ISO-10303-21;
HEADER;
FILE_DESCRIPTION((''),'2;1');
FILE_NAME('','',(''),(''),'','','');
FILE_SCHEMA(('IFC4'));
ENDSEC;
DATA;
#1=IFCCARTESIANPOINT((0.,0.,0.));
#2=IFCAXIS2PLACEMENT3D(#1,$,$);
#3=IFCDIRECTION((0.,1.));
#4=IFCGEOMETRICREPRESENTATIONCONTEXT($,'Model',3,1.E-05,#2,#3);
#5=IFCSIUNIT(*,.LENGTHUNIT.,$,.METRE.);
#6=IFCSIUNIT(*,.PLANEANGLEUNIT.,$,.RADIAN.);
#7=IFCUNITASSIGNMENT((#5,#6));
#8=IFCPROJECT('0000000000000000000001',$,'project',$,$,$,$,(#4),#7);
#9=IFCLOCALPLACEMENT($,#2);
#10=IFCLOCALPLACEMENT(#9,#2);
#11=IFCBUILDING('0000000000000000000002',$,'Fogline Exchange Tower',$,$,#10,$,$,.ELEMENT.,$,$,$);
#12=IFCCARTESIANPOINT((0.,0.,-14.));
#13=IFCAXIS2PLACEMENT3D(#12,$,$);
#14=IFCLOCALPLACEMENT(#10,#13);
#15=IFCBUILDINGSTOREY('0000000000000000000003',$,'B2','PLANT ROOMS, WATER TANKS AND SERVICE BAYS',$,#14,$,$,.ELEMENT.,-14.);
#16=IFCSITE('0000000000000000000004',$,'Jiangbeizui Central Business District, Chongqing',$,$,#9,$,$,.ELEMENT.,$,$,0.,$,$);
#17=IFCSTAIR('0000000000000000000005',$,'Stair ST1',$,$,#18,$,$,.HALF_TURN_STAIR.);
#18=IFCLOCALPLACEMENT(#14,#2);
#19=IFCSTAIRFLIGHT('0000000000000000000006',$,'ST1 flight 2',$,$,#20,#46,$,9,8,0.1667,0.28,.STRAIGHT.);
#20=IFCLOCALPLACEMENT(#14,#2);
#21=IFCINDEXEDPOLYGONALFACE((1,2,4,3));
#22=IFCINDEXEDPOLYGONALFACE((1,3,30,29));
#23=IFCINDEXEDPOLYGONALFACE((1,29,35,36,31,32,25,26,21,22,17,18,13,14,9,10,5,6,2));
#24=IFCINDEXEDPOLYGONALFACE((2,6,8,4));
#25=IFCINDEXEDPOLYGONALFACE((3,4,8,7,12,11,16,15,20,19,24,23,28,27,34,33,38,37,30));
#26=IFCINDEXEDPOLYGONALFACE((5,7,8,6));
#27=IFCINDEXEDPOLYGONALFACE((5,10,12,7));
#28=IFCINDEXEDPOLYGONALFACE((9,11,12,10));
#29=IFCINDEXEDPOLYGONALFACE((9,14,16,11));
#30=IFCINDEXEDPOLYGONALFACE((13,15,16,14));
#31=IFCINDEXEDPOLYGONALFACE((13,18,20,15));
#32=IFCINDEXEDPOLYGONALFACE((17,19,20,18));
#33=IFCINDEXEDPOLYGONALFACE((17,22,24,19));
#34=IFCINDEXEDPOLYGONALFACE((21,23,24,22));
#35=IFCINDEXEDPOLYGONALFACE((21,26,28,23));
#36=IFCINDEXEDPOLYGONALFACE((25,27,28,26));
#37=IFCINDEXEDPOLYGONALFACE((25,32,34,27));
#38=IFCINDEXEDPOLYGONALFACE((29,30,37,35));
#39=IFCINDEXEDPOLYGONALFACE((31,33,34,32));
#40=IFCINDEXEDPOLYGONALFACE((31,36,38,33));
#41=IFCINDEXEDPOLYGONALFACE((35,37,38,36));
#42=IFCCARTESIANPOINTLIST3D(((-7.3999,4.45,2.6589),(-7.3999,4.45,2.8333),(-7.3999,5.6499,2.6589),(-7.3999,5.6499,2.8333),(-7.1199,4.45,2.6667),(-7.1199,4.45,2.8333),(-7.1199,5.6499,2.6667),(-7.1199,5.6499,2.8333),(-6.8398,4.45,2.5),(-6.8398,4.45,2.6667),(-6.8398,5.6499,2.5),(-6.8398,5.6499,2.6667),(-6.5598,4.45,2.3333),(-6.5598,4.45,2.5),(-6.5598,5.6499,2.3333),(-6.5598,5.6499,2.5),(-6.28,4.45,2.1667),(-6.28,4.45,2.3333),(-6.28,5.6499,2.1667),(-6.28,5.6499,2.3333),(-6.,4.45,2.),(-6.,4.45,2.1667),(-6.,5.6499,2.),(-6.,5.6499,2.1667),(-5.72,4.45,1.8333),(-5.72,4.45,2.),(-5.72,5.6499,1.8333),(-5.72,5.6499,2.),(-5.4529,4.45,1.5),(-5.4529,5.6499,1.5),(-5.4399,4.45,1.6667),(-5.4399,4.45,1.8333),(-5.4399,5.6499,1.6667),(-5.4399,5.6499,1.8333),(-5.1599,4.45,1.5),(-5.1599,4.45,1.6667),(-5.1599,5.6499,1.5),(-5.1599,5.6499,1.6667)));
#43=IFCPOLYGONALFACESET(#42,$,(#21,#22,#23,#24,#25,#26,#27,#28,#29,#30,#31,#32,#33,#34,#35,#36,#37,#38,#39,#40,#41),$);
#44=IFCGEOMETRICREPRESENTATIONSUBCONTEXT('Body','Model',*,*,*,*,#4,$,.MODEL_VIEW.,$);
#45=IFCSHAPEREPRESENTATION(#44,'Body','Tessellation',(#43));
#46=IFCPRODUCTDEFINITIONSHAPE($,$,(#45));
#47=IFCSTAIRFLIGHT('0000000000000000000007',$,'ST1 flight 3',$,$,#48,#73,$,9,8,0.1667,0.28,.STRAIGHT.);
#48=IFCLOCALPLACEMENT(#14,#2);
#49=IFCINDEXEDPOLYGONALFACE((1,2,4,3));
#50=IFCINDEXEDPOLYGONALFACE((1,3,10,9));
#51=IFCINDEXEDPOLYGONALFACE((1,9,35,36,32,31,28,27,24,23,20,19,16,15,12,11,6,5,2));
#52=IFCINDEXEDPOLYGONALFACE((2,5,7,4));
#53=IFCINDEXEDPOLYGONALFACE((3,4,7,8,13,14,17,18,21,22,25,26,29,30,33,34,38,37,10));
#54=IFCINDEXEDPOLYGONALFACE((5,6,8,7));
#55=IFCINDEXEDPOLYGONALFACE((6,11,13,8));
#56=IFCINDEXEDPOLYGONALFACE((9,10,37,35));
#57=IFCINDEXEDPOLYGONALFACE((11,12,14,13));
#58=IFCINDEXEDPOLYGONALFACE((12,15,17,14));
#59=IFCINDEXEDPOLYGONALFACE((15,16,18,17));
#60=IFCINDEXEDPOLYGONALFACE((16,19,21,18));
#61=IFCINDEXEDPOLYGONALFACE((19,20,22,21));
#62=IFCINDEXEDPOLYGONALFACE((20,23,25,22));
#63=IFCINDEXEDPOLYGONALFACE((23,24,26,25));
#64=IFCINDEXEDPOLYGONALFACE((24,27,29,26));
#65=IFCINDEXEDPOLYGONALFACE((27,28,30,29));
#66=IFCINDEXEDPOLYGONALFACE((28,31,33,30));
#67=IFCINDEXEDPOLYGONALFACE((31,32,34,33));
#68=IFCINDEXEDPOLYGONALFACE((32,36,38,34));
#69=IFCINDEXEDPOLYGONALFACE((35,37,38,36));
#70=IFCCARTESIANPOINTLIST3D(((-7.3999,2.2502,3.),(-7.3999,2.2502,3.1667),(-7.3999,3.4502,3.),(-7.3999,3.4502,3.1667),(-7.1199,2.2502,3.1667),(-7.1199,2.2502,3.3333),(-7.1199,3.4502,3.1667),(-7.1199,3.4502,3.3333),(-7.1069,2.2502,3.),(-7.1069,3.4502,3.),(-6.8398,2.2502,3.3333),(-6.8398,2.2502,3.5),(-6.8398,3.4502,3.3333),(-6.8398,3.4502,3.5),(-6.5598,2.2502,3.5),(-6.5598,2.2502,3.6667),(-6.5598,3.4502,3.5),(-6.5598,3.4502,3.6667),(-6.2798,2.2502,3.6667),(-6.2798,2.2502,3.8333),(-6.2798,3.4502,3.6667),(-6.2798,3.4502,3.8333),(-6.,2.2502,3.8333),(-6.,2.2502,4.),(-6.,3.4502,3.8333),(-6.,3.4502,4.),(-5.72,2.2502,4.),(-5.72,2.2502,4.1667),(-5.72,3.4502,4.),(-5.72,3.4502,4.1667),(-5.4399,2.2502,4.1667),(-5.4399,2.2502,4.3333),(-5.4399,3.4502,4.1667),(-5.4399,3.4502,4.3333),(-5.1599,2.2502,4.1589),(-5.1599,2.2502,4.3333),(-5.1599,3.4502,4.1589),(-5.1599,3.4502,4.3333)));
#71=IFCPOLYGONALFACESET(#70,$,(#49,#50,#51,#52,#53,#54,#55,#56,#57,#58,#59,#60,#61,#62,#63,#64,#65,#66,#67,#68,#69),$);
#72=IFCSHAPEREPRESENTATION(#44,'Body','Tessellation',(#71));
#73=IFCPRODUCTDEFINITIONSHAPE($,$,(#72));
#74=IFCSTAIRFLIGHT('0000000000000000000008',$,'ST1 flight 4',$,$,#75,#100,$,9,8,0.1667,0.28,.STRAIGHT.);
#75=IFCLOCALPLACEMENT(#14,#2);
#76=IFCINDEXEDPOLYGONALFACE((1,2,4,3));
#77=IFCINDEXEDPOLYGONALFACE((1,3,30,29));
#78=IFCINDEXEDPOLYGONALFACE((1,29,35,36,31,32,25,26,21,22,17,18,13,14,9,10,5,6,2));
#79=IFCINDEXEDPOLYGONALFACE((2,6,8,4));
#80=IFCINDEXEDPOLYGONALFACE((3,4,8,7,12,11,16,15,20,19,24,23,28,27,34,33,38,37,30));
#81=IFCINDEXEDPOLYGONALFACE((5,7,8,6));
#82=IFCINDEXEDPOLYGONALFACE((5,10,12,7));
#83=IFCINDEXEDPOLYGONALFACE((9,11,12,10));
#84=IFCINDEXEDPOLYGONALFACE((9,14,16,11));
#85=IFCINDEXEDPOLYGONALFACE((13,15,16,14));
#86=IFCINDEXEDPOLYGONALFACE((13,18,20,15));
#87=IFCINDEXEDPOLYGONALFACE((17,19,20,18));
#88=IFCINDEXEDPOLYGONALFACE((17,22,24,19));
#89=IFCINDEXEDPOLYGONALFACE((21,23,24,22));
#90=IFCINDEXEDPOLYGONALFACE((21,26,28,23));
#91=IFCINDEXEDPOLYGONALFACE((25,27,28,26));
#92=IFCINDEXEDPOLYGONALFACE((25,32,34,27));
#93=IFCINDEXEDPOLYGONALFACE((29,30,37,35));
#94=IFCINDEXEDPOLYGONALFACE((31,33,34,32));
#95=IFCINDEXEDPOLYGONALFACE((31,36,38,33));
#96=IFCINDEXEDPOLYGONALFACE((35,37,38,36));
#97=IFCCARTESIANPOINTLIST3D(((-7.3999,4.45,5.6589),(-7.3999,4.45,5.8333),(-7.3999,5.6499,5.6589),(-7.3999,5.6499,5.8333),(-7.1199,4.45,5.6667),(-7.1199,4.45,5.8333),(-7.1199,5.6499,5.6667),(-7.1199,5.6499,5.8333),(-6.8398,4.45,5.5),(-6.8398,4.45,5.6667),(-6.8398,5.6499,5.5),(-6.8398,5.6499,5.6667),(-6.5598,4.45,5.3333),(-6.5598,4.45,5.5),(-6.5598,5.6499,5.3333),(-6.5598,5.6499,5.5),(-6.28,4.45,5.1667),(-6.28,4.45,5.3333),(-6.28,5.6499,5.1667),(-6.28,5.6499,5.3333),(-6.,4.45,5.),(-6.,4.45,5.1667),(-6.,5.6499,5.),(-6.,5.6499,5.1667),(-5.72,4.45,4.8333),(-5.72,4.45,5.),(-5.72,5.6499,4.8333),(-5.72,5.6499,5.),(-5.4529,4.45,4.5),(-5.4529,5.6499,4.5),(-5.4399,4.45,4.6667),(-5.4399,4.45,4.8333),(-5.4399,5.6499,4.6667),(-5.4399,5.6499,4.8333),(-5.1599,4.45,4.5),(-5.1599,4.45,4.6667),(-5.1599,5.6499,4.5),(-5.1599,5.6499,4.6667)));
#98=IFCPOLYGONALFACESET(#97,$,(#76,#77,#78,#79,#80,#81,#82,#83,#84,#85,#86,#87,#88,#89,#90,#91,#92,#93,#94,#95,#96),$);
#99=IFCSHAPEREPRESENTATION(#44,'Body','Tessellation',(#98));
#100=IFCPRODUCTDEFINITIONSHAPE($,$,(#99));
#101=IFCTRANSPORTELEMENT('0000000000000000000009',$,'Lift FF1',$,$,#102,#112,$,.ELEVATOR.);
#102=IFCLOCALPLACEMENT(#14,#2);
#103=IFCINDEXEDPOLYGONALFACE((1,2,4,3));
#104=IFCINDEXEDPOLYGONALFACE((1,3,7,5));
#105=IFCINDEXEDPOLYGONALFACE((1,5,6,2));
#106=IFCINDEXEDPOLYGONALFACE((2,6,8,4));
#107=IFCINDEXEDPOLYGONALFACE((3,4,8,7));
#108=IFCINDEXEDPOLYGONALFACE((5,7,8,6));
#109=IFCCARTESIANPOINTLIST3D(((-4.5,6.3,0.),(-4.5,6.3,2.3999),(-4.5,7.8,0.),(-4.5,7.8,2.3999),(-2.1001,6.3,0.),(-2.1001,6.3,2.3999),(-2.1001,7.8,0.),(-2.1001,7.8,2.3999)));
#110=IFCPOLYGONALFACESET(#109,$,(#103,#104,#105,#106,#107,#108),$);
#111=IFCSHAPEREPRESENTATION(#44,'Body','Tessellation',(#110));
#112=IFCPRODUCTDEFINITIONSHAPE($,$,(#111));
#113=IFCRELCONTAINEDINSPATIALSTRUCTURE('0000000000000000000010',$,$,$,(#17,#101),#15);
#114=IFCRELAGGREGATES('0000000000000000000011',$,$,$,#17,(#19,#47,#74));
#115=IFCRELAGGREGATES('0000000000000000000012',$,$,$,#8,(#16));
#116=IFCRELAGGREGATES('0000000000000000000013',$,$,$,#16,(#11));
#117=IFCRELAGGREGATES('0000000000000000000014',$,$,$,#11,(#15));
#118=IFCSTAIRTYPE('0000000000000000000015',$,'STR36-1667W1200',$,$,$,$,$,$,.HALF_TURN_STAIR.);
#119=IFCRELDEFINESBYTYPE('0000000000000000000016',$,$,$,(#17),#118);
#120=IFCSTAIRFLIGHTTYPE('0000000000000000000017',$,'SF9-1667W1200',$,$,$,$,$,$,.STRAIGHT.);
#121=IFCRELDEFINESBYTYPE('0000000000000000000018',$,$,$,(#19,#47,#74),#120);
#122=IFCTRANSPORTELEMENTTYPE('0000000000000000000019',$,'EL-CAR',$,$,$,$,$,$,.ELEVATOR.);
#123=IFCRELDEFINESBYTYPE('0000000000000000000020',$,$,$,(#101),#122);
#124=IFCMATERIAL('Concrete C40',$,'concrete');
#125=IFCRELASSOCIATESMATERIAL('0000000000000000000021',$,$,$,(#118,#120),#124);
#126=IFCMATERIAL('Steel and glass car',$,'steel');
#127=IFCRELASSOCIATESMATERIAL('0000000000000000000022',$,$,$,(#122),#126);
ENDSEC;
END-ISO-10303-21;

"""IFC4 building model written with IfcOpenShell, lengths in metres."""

from ifc_helpers import new_model, si_unit, direction, frame, origin, origin_2d, place, context, subcontext, project, spatial, polyline, rectangle, outline, extrude, material, type_object, element, aggregate, save


model = new_model("IFC4")

# Units and contexts
model_context = context("Model", 3, precision=1e-05, world=origin(), true_north=direction((0.0, 1.0)))
body_context = subcontext(model_context, "Body", "Model", "MODEL_VIEW")
ifc_project = project(units=[si_unit("LENGTHUNIT", "METRE"), si_unit("PLANEANGLEUNIT", "RADIAN")], contexts=[model_context])

# Site, building, storey
site_placement = place(None, origin())
site = spatial("IfcSite", under=ifc_project, at=site_placement, Name="Jiangbeizui Central Business District, Chongqing", CompositionType="ELEMENT", RefElevation=0.0)
building_placement = place(site_placement, origin())
building = spatial("IfcBuilding", under=site, at=building_placement, Name="Fogline Exchange Tower", CompositionType="ELEMENT")
storey_placement = place(building_placement, frame((0.0, 0.0, -14.0)))
storey = spatial("IfcBuildingStorey", under=building, at=storey_placement, Name="B2", Description="PLANT ROOMS, WATER TANKS AND SERVICE BAYS", CompositionType="ELEMENT", Elevation=-14.0)

# Shared definitions
ifc_material_1 = material(Name="Concrete C40", Category="concrete")

# Stair, stair flights
stair_type = type_object("IfcStairType", Name="STR36-1667W1200", PredefinedType="HALF_TURN_STAIR", material=ifc_material_1)
stair_placement = place(storey_placement, origin())
stair = element("IfcStair", 1, at=stair_placement, inside=storey, type_object=stair_type, Name="Stair ST1", PredefinedType="HALF_TURN_STAIR")
stair_flight_type = type_object("IfcStairFlightType", Name="SF9-1667W1200", PredefinedType="STRAIGHT", material=ifc_material_1)
stair_flight_1_placement = place(storey_placement, frame((-5.1599, 5.05, 1.5), z_axis=(0.0, 0.0, 1.0), x_axis=(-1.0, 0.0, 0.0)))
stair_flight_1 = element("IfcStairFlight", 2, at=stair_flight_1_placement, type_object=stair_flight_type, Name="ST1 flight 2", NumberOfRisers=9, NumberOfTreads=8, PredefinedType="STRAIGHT", RiserHeight=0.1667, TreadLength=0.28, context=body_context, shape_type="SweptSolid", body=[
    extrude(outline(polyline([(0.0, 0.0), (0.0, 0.1667), (0.28, 0.1667), (0.28, 0.3333), (0.5601, 0.3333), (0.5601, 0.5), (0.8401, 0.5), (0.8401, 0.6667), (1.1201, 0.6667), (1.1201, 0.8333), (1.3999, 0.8333), (1.3999, 1.0), (1.6799, 1.0), (1.6799, 1.1667), (1.96, 1.1667), (1.96, 1.3333), (2.24, 1.3333), (2.24, 1.5), (2.24, 1.1589), (0.293, 0.0), (0.0, 0.0)])), frame((0.0, 0.6001, 0.0), z_axis=(0.0, -1.0, 0.0), x_axis=(1.0, 0.0, 0.0)), (0.0, 0.0, 1.0), 1.2),
])
stair_flight_2_placement = place(storey_placement, frame((-7.3999, 2.8501, 3.0), z_axis=(0.0, 0.0, 1.0), x_axis=(1.0, 0.0, 0.0)))
stair_flight_2 = element("IfcStairFlight", 3, at=stair_flight_2_placement, type_object=stair_flight_type, Name="ST1 flight 3", NumberOfRisers=9, NumberOfTreads=8, PredefinedType="STRAIGHT", RiserHeight=0.1667, TreadLength=0.28, context=body_context, shape_type="SweptSolid", body=[
    extrude(outline(polyline([(0.0, 0.0), (0.0, 0.1667), (0.28, 0.1667), (0.28, 0.3333), (0.5601, 0.3333), (0.5601, 0.5), (0.8401, 0.5), (0.8401, 0.6667), (1.1201, 0.6667), (1.1201, 0.8333), (1.3999, 0.8333), (1.3999, 1.0), (1.6799, 1.0), (1.6799, 1.1667), (1.96, 1.1667), (1.96, 1.3333), (2.24, 1.3333), (2.24, 1.5), (2.24, 1.1589), (0.293, 0.0), (0.0, 0.0)])), frame((0.0, 0.6001, 0.0), z_axis=(0.0, -1.0, 0.0), x_axis=(1.0, 0.0, 0.0)), (0.0, 0.0, 1.0), 1.2),
])
stair_flight_3_placement = place(storey_placement, frame((-5.1599, 5.05, 4.5), z_axis=(0.0, 0.0, 1.0), x_axis=(-1.0, 0.0, 0.0)))
stair_flight_3 = element("IfcStairFlight", 4, at=stair_flight_3_placement, type_object=stair_flight_type, Name="ST1 flight 4", NumberOfRisers=9, NumberOfTreads=8, PredefinedType="STRAIGHT", RiserHeight=0.1667, TreadLength=0.28, context=body_context, shape_type="SweptSolid", body=[
    extrude(outline(polyline([(0.0, 0.0), (0.0, 0.1667), (0.28, 0.1667), (0.28, 0.3333), (0.5601, 0.3333), (0.5601, 0.5), (0.8401, 0.5), (0.8401, 0.6667), (1.1201, 0.6667), (1.1201, 0.8333), (1.3999, 0.8333), (1.3999, 1.0), (1.6799, 1.0), (1.6799, 1.1667), (1.96, 1.1667), (1.96, 1.3333), (2.24, 1.3333), (2.24, 1.5), (2.24, 1.1589), (0.293, 0.0), (0.0, 0.0)])), frame((0.0, 0.6001, 0.0), z_axis=(0.0, -1.0, 0.0), x_axis=(1.0, 0.0, 0.0)), (0.0, 0.0, 1.0), 1.2),
])
aggregate(stair, [stair_flight_1, stair_flight_2, stair_flight_3])

# Transport element
ifc_material_2 = material(Name="Steel and glass car", Category="steel")
transport_element_type = type_object("IfcTransportElementType", Name="EL-CAR", PredefinedType="ELEVATOR", material=ifc_material_2)
transport_element_placement = place(storey_placement, frame((-3.3, 7.05, 0.0), z_axis=(0.0, 0.0, 1.0), x_axis=(1.0, 0.0, 0.0)))
element("IfcTransportElement", 5, at=transport_element_placement, inside=storey, type_object=transport_element_type, Name="Lift FF1", PredefinedType="ELEVATOR", context=body_context, shape_type="SweptSolid", body=[
    extrude(rectangle(XDim=2.3999, YDim=1.5, at=origin_2d()), origin(), (0.0, 0.0, 1.0), 2.3999),
])

save(model, "model.ifc")
